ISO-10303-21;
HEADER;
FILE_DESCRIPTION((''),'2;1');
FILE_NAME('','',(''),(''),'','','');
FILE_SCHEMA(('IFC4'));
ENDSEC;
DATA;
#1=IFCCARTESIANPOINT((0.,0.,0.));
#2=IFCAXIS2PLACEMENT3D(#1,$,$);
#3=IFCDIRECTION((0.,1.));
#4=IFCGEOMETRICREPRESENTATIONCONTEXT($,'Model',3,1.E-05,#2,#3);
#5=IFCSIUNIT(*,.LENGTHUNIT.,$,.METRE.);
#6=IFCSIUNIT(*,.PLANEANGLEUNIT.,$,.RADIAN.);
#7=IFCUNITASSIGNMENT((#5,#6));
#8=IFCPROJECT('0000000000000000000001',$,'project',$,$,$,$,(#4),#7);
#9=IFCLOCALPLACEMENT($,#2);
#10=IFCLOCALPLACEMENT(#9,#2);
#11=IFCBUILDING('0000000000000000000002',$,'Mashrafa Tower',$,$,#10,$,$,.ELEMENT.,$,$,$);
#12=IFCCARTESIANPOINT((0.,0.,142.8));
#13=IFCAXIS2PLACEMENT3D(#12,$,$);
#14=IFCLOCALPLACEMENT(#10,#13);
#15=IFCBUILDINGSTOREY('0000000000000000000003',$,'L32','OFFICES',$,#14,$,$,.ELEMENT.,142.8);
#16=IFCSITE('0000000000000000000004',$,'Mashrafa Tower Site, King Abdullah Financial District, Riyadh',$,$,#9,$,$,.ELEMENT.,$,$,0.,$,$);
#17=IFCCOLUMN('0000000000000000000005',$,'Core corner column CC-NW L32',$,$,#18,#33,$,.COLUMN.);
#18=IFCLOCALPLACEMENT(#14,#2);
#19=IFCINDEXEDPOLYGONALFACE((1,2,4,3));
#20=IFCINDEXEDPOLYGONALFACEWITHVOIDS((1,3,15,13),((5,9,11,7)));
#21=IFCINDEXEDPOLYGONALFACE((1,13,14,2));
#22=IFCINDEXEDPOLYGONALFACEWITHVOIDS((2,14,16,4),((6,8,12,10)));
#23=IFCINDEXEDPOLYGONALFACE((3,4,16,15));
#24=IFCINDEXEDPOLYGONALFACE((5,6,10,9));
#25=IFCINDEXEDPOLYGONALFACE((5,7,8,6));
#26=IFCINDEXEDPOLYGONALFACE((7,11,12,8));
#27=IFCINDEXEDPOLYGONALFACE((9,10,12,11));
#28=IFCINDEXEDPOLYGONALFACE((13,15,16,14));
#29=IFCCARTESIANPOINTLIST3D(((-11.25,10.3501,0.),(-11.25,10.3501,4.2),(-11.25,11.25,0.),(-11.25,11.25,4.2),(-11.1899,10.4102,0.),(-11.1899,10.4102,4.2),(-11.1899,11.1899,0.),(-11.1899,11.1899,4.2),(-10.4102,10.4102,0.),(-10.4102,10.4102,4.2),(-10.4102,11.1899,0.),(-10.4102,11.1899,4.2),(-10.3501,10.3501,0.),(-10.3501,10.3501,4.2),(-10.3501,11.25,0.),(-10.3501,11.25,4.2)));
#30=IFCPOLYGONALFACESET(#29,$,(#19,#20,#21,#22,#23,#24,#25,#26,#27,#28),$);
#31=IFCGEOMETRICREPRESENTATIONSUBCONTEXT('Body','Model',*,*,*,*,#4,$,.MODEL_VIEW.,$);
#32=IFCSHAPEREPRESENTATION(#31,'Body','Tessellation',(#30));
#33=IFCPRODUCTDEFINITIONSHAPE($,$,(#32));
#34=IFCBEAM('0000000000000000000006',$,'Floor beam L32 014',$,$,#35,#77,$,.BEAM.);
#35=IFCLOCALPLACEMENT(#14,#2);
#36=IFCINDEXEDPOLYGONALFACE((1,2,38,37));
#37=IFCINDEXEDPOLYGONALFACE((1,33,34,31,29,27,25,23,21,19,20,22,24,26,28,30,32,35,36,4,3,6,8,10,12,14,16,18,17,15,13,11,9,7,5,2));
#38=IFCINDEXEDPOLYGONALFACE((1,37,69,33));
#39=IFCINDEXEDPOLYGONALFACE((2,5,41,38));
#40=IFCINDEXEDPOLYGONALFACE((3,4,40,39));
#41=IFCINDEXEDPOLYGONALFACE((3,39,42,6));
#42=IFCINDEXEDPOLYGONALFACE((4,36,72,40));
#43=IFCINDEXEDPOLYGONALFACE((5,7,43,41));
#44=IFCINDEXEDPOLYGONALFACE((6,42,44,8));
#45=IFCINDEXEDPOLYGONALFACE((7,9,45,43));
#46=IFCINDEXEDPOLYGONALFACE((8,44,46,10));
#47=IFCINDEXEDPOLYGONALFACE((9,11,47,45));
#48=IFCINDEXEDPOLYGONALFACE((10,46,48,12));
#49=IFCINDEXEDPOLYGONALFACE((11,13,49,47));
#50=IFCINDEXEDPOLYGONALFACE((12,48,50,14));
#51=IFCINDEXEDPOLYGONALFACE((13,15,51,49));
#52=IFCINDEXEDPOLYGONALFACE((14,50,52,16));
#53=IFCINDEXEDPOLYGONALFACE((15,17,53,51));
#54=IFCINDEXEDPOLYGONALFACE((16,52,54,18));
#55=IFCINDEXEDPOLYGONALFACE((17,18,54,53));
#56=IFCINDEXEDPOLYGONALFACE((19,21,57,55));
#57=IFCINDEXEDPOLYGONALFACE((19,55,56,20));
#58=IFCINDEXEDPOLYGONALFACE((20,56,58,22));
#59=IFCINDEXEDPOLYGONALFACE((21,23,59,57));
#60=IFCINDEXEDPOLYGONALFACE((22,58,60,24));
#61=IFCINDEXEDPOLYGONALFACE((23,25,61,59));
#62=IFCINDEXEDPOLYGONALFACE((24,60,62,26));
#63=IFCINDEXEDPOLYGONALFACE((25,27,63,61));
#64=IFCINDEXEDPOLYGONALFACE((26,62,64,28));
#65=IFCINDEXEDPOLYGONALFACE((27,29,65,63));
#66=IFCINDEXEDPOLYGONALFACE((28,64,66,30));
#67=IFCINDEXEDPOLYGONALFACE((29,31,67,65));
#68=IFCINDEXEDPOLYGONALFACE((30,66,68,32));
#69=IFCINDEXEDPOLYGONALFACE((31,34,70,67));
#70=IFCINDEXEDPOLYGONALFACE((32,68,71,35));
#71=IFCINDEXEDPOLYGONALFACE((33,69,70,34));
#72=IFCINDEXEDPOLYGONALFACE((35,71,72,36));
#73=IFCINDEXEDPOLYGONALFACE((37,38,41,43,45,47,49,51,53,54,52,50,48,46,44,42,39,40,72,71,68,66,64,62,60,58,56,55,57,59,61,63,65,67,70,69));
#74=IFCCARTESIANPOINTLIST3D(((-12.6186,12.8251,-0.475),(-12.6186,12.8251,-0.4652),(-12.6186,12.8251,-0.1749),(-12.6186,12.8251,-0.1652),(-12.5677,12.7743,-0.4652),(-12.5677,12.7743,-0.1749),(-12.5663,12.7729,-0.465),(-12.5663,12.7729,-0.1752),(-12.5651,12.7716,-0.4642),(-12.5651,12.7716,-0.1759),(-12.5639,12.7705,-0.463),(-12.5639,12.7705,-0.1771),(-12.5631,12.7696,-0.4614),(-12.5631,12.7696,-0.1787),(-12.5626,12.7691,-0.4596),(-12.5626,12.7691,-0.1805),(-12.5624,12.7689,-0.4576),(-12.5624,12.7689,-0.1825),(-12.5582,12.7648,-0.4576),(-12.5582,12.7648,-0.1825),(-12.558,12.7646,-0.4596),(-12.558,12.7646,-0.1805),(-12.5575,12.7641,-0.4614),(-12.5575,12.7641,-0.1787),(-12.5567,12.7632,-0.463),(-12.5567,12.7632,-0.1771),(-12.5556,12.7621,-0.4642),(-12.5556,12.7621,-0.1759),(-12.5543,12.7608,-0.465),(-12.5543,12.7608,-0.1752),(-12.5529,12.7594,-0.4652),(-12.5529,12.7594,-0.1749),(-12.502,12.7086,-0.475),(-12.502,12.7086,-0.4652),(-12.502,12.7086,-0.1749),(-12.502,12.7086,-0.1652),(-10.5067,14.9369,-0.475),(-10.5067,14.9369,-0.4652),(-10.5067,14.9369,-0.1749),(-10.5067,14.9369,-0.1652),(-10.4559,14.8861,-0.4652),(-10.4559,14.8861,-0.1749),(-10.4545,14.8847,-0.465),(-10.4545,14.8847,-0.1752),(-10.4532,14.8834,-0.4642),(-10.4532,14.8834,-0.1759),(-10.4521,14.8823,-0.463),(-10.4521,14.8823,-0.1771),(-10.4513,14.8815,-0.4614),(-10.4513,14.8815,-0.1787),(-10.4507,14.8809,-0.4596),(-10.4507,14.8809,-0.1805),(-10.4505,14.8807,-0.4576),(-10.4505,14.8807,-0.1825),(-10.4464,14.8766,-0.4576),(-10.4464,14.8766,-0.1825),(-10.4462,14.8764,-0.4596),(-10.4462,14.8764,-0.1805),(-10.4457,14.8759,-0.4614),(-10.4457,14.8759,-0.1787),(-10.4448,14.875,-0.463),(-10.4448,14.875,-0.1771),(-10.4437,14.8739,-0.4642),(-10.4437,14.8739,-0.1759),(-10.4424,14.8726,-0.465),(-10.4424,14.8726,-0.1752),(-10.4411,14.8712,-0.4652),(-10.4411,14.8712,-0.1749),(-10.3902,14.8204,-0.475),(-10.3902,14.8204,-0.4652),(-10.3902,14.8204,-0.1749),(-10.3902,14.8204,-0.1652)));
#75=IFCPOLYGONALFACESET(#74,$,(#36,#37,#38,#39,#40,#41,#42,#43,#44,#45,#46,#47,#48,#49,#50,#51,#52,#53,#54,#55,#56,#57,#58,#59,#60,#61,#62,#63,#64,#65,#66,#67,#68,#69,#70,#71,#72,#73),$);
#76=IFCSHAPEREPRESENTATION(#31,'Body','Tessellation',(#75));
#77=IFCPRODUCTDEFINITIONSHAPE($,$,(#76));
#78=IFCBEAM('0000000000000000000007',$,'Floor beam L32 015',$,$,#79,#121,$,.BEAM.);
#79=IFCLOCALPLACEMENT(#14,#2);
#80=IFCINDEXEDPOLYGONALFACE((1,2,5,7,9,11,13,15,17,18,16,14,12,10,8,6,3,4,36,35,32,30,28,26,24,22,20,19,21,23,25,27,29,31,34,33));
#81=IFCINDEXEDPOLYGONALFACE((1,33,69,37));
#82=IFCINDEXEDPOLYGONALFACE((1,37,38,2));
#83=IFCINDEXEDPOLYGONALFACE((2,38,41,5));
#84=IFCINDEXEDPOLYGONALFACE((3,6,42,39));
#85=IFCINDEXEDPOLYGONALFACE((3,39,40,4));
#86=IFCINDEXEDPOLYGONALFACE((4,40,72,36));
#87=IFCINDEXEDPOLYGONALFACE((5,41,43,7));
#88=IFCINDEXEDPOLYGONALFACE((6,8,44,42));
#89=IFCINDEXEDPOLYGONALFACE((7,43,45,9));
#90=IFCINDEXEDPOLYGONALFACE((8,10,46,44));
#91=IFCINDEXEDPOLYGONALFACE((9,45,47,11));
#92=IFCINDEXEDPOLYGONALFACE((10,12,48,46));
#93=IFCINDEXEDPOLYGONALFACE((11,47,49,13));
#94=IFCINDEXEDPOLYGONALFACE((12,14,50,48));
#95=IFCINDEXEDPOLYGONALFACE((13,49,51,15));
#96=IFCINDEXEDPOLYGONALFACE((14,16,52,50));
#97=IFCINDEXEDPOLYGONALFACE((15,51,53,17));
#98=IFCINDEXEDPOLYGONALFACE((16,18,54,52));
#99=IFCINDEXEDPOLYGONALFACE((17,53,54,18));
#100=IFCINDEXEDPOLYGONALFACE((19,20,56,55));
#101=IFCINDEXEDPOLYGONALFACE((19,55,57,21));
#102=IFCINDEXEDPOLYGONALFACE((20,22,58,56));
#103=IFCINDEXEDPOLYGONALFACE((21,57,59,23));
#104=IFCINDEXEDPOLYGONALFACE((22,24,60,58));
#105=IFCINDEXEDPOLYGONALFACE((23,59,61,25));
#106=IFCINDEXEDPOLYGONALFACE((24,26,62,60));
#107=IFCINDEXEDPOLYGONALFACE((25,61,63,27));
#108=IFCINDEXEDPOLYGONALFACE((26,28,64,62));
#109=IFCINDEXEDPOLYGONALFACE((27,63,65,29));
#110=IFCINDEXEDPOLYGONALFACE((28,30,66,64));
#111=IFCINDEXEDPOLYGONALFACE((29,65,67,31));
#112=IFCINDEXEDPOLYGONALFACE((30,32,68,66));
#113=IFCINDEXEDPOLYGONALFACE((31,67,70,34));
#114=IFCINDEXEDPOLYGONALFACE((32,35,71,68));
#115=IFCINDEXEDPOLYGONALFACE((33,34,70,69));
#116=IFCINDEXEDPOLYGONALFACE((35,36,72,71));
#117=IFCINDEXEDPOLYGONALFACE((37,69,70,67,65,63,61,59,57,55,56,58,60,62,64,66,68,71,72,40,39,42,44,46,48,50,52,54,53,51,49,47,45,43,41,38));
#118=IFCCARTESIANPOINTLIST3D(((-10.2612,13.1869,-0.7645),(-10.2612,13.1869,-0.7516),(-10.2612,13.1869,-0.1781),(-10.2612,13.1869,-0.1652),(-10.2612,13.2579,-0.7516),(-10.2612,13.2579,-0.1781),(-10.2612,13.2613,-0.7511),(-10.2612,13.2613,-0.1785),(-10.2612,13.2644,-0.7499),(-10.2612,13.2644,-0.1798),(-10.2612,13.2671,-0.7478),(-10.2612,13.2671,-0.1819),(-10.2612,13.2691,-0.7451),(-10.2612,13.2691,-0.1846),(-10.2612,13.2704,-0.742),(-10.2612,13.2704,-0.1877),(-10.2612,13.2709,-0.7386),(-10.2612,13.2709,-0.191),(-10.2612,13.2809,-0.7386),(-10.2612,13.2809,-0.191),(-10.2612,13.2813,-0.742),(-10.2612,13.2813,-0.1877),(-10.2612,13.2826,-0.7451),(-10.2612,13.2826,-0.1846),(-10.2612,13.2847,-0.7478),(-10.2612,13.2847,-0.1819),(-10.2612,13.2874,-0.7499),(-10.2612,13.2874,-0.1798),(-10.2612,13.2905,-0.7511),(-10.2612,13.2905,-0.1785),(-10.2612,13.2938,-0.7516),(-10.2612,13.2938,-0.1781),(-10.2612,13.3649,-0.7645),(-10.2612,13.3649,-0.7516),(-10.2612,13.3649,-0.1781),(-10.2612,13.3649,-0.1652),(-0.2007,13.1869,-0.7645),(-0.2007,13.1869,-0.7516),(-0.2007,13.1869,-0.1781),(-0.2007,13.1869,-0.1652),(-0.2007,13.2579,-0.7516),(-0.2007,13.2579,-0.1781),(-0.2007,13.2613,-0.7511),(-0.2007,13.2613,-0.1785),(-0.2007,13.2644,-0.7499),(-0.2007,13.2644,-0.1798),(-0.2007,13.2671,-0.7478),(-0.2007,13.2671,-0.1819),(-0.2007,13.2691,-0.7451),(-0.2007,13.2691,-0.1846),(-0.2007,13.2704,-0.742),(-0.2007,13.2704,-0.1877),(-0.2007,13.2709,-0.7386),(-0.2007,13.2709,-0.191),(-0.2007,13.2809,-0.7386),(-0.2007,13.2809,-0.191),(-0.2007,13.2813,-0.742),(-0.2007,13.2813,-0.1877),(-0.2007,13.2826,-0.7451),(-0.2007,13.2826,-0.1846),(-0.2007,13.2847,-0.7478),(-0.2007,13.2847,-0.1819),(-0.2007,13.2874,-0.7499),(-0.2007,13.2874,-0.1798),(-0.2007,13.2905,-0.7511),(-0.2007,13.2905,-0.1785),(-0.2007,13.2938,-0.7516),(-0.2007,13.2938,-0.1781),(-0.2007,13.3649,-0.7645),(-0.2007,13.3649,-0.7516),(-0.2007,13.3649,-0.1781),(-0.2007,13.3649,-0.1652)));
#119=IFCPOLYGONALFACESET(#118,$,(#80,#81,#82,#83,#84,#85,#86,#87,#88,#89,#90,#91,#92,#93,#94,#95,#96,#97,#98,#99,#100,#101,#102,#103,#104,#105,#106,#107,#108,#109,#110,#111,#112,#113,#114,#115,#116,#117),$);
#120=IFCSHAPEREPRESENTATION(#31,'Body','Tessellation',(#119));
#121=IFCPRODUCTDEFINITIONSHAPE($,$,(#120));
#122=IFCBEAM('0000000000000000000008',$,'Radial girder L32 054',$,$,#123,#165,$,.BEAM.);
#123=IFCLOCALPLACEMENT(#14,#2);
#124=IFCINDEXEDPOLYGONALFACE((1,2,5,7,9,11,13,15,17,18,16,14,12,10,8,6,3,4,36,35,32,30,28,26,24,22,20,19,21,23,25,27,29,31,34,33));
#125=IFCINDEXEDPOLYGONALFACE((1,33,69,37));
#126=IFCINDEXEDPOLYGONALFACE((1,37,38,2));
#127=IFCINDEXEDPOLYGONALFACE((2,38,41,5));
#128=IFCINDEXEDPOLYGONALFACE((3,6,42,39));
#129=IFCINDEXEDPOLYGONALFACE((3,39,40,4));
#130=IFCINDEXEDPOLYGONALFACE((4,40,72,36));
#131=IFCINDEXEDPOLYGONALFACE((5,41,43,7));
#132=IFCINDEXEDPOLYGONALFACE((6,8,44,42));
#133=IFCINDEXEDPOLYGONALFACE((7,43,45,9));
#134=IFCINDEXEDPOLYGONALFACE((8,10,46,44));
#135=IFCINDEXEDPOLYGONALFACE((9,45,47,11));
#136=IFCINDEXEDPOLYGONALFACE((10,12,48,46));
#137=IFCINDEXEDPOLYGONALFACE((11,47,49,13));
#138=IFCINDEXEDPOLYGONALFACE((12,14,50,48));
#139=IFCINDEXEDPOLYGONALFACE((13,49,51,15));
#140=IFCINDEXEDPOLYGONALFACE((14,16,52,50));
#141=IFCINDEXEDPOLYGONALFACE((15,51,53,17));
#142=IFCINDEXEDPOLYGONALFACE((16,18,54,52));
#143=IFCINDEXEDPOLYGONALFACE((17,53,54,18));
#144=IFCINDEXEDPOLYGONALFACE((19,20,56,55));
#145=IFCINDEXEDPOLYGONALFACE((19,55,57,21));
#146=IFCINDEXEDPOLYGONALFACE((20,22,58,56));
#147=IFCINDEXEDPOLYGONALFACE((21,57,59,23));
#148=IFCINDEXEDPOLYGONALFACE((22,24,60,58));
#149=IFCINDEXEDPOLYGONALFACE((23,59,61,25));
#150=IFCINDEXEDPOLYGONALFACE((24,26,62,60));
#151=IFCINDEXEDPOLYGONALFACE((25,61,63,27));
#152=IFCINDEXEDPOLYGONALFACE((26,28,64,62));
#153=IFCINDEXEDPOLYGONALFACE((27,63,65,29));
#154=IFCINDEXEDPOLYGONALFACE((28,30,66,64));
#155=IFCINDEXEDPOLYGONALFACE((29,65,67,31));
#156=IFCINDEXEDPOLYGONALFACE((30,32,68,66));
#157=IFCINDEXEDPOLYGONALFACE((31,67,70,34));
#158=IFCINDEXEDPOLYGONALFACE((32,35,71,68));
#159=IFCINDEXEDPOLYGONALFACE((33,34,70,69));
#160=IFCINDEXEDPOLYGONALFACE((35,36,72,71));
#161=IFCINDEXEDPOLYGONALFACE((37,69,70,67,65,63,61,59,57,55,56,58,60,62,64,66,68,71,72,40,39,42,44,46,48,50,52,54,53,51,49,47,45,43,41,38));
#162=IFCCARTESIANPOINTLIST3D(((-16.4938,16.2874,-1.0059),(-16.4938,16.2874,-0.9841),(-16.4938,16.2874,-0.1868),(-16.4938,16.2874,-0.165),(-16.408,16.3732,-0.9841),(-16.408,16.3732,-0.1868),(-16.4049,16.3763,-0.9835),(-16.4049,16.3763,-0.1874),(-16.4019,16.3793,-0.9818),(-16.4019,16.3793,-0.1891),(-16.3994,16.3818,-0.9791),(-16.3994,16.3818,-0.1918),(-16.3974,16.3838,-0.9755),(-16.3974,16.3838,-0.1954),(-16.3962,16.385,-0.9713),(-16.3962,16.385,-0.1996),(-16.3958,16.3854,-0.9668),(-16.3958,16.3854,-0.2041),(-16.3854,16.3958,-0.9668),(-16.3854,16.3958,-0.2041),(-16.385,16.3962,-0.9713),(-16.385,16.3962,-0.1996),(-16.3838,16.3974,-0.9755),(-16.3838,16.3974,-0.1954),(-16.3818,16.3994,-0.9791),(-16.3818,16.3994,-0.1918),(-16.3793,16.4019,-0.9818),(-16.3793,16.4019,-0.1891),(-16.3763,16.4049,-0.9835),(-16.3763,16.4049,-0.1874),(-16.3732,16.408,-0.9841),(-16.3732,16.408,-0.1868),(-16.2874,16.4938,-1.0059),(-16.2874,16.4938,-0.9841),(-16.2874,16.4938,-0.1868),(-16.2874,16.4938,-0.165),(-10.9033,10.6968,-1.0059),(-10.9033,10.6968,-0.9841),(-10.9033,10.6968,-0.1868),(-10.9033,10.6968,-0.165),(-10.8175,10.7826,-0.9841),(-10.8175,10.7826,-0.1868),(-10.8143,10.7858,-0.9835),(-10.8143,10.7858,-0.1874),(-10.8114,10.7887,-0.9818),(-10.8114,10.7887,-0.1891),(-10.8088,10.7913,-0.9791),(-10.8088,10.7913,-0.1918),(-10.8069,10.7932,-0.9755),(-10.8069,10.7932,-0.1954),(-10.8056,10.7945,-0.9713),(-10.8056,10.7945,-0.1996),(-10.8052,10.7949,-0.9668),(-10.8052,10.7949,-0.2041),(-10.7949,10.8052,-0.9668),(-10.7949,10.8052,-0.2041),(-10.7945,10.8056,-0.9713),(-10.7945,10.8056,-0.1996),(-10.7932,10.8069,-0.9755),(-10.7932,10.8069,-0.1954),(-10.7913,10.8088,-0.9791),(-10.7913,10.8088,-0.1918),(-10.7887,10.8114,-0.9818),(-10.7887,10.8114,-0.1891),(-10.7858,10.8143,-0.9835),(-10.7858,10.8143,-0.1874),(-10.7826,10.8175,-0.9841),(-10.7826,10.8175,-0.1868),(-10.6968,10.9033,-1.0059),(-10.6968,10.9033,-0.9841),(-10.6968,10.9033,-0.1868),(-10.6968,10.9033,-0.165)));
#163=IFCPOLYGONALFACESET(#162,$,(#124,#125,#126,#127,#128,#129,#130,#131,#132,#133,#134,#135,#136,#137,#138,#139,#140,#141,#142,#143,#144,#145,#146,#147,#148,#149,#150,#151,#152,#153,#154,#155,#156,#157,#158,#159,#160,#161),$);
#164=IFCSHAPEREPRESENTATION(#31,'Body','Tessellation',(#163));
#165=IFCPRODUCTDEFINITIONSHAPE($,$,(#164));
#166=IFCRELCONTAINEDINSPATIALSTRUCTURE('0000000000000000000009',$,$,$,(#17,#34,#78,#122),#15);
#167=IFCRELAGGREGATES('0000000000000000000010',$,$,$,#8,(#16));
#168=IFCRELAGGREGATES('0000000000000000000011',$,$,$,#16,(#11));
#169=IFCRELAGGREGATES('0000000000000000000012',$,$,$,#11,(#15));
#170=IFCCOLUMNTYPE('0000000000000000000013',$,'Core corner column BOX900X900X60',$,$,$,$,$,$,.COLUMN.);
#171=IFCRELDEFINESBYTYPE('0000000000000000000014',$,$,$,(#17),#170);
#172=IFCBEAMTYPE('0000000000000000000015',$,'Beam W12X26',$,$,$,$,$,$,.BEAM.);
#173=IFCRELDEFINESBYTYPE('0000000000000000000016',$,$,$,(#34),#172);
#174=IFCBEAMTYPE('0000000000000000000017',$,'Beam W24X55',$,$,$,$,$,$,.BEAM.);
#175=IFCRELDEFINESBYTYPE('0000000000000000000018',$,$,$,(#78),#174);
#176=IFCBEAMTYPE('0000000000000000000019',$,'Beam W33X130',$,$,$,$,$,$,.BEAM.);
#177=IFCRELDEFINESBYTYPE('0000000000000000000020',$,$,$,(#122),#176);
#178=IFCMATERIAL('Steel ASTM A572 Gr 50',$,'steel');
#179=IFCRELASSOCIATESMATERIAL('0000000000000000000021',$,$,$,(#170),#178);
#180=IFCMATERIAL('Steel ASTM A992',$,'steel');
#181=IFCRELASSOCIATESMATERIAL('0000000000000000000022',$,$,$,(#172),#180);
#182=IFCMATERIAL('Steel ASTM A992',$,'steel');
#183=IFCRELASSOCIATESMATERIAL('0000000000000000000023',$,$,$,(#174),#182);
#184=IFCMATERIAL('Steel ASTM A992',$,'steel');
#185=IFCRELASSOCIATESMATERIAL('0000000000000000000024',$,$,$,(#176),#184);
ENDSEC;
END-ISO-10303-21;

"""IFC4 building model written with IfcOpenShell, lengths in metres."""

from ifc_helpers import new_model, si_unit, direction, frame, origin, origin_2d, place, context, subcontext, project, spatial, hollow_rectangle, i_section, extrude, material, material_profile, profile_set, type_object, element, save


model = new_model("IFC4")

# Units and contexts
model_context = context("Model", 3, precision=1e-05, world=origin(), true_north=direction((0.0, 1.0)))
body_context = subcontext(model_context, "Body", "Model", "MODEL_VIEW")
ifc_project = project(units=[si_unit("LENGTHUNIT", "METRE"), si_unit("PLANEANGLEUNIT", "RADIAN")], contexts=[model_context])

# Site, building, storey
site_placement = place(None, origin())
site = spatial("IfcSite", under=ifc_project, at=site_placement, Name="Mashrafa Tower Site, King Abdullah Financial District, Riyadh", CompositionType="ELEMENT", RefElevation=0.0)
building_placement = place(site_placement, origin())
building = spatial("IfcBuilding", under=site, at=building_placement, Name="Mashrafa Tower", CompositionType="ELEMENT")
storey_placement = place(building_placement, frame((0.0, 0.0, 142.8)))
storey = spatial("IfcBuildingStorey", under=building, at=storey_placement, Name="L32", Description="OFFICES", CompositionType="ELEMENT", Elevation=142.8)

# Column
ifc_material_1 = material(Name="Steel ASTM A572 Gr 50", Category="steel")
ifc_material_profile_1 = material_profile(ifc_material_1, hollow_rectangle(XDim=0.8999, YDim=0.8999, WallThickness=0.0601, at=origin_2d()), Name="BOX900X900X60")
ifc_profile_set_1 = profile_set([ifc_material_profile_1], Name="Steel ASTM A572 Gr 50")
column_type = type_object("IfcColumnType", Name="Core corner column BOX900X900X60", PredefinedType="COLUMN", material=ifc_profile_set_1)
column_placement = place(storey_placement, frame((-10.8, 10.8, 0.0), z_axis=(0.0, 0.0, 1.0), x_axis=(1.0, 0.0, 0.0)))
element("IfcColumn", 1, at=column_placement, inside=storey, type_object=column_type, Name="Core corner column CC-NW L32", PredefinedType="COLUMN", context=body_context, shape_type="SweptSolid", body=[
    extrude(hollow_rectangle(XDim=0.8999, YDim=0.8999, WallThickness=0.0601, at=origin_2d()), origin(), (0.0, 0.0, 1.0), 4.2),
])

# Beams
ifc_material_2 = material(Name="Steel ASTM A992", Category="steel")
ifc_material_profile_2 = material_profile(ifc_material_2, i_section(OverallWidth=0.1648, OverallDepth=0.3098, WebThickness=0.0059, FlangeThickness=0.0098, FilletRadius=0.0076, at=origin_2d()), Name="W12X26")
ifc_profile_set_2 = profile_set([ifc_material_profile_2], Name="Steel ASTM A992")
beam_type_1 = type_object("IfcBeamType", Name="Beam W12X26", PredefinedType="BEAM", material=ifc_profile_set_2)
beam_1_placement = place(storey_placement, frame((-12.5603, 12.7668, -0.3201), z_axis=(0.707107, 0.707107, 0.0), x_axis=(-0.707107, 0.707107, 0.0)))
element("IfcBeam", 2, at=beam_1_placement, inside=storey, type_object=beam_type_1, Name="Floor beam L32 014", PredefinedType="BEAM", context=body_context, shape_type="SweptSolid", body=[
    extrude(i_section(OverallWidth=0.1648, OverallDepth=0.3098, WebThickness=0.0059, FlangeThickness=0.0098, FilletRadius=0.0076, at=origin_2d()), origin(), (0.0, 0.0, 1.0), 2.9866),
])
ifc_material_3 = material(Name="Steel ASTM A992", Category="steel")
ifc_material_profile_3 = material_profile(ifc_material_3, i_section(OverallWidth=0.178, OverallDepth=0.5994, WebThickness=0.01, FlangeThickness=0.0129, FilletRadius=0.0129, at=origin_2d()), Name="W24X55")
ifc_profile_set_3 = profile_set([ifc_material_profile_3], Name="Steel ASTM A992")
beam_type_2 = type_object("IfcBeamType", Name="Beam W24X55", PredefinedType="BEAM", material=ifc_profile_set_3)
beam_2_placement = place(storey_placement, frame((-10.2612, 13.2759, -0.4648), z_axis=(1.0, 0.0, 0.0), x_axis=(0.0, 1.0, 0.0)))
element("IfcBeam", 3, at=beam_2_placement, inside=storey, type_object=beam_type_2, Name="Floor beam L32 015", PredefinedType="BEAM", context=body_context, shape_type="SweptSolid", body=[
    extrude(i_section(OverallWidth=0.178, OverallDepth=0.5994, WebThickness=0.01, FlangeThickness=0.0129, FilletRadius=0.0129, at=origin_2d()), origin(), (0.0, 0.0, 1.0), 10.0605),
])
ifc_material_4 = material(Name="Steel ASTM A992", Category="steel")
ifc_material_profile_4 = material_profile(ifc_material_4, i_section(OverallWidth=0.292, OverallDepth=0.8408, WebThickness=0.0146, FlangeThickness=0.0217, FilletRadius=0.0173, at=origin_2d()), Name="W33X130")
ifc_profile_set_4 = profile_set([ifc_material_profile_4], Name="Steel ASTM A992")
beam_type_3 = type_object("IfcBeamType", Name="Beam W33X130", PredefinedType="BEAM", material=ifc_profile_set_4)
beam_3_placement = place(storey_placement, frame((-10.8, 10.8, -0.5854), z_axis=(-0.707107, 0.707107, 0.0), x_axis=(-0.707107, -0.707107, 0.0)))
element("IfcBeam", 4, at=beam_3_placement, inside=storey, type_object=beam_type_3, Name="Radial girder L32 054", PredefinedType="BEAM", context=body_context, shape_type="SweptSolid", body=[
    extrude(i_section(OverallWidth=0.292, OverallDepth=0.8408, WebThickness=0.0146, FlangeThickness=0.0217, FilletRadius=0.0173, at=origin_2d()), origin(), (0.0, 0.0, 1.0), 7.9062),
])

save(model, "model.ifc")
